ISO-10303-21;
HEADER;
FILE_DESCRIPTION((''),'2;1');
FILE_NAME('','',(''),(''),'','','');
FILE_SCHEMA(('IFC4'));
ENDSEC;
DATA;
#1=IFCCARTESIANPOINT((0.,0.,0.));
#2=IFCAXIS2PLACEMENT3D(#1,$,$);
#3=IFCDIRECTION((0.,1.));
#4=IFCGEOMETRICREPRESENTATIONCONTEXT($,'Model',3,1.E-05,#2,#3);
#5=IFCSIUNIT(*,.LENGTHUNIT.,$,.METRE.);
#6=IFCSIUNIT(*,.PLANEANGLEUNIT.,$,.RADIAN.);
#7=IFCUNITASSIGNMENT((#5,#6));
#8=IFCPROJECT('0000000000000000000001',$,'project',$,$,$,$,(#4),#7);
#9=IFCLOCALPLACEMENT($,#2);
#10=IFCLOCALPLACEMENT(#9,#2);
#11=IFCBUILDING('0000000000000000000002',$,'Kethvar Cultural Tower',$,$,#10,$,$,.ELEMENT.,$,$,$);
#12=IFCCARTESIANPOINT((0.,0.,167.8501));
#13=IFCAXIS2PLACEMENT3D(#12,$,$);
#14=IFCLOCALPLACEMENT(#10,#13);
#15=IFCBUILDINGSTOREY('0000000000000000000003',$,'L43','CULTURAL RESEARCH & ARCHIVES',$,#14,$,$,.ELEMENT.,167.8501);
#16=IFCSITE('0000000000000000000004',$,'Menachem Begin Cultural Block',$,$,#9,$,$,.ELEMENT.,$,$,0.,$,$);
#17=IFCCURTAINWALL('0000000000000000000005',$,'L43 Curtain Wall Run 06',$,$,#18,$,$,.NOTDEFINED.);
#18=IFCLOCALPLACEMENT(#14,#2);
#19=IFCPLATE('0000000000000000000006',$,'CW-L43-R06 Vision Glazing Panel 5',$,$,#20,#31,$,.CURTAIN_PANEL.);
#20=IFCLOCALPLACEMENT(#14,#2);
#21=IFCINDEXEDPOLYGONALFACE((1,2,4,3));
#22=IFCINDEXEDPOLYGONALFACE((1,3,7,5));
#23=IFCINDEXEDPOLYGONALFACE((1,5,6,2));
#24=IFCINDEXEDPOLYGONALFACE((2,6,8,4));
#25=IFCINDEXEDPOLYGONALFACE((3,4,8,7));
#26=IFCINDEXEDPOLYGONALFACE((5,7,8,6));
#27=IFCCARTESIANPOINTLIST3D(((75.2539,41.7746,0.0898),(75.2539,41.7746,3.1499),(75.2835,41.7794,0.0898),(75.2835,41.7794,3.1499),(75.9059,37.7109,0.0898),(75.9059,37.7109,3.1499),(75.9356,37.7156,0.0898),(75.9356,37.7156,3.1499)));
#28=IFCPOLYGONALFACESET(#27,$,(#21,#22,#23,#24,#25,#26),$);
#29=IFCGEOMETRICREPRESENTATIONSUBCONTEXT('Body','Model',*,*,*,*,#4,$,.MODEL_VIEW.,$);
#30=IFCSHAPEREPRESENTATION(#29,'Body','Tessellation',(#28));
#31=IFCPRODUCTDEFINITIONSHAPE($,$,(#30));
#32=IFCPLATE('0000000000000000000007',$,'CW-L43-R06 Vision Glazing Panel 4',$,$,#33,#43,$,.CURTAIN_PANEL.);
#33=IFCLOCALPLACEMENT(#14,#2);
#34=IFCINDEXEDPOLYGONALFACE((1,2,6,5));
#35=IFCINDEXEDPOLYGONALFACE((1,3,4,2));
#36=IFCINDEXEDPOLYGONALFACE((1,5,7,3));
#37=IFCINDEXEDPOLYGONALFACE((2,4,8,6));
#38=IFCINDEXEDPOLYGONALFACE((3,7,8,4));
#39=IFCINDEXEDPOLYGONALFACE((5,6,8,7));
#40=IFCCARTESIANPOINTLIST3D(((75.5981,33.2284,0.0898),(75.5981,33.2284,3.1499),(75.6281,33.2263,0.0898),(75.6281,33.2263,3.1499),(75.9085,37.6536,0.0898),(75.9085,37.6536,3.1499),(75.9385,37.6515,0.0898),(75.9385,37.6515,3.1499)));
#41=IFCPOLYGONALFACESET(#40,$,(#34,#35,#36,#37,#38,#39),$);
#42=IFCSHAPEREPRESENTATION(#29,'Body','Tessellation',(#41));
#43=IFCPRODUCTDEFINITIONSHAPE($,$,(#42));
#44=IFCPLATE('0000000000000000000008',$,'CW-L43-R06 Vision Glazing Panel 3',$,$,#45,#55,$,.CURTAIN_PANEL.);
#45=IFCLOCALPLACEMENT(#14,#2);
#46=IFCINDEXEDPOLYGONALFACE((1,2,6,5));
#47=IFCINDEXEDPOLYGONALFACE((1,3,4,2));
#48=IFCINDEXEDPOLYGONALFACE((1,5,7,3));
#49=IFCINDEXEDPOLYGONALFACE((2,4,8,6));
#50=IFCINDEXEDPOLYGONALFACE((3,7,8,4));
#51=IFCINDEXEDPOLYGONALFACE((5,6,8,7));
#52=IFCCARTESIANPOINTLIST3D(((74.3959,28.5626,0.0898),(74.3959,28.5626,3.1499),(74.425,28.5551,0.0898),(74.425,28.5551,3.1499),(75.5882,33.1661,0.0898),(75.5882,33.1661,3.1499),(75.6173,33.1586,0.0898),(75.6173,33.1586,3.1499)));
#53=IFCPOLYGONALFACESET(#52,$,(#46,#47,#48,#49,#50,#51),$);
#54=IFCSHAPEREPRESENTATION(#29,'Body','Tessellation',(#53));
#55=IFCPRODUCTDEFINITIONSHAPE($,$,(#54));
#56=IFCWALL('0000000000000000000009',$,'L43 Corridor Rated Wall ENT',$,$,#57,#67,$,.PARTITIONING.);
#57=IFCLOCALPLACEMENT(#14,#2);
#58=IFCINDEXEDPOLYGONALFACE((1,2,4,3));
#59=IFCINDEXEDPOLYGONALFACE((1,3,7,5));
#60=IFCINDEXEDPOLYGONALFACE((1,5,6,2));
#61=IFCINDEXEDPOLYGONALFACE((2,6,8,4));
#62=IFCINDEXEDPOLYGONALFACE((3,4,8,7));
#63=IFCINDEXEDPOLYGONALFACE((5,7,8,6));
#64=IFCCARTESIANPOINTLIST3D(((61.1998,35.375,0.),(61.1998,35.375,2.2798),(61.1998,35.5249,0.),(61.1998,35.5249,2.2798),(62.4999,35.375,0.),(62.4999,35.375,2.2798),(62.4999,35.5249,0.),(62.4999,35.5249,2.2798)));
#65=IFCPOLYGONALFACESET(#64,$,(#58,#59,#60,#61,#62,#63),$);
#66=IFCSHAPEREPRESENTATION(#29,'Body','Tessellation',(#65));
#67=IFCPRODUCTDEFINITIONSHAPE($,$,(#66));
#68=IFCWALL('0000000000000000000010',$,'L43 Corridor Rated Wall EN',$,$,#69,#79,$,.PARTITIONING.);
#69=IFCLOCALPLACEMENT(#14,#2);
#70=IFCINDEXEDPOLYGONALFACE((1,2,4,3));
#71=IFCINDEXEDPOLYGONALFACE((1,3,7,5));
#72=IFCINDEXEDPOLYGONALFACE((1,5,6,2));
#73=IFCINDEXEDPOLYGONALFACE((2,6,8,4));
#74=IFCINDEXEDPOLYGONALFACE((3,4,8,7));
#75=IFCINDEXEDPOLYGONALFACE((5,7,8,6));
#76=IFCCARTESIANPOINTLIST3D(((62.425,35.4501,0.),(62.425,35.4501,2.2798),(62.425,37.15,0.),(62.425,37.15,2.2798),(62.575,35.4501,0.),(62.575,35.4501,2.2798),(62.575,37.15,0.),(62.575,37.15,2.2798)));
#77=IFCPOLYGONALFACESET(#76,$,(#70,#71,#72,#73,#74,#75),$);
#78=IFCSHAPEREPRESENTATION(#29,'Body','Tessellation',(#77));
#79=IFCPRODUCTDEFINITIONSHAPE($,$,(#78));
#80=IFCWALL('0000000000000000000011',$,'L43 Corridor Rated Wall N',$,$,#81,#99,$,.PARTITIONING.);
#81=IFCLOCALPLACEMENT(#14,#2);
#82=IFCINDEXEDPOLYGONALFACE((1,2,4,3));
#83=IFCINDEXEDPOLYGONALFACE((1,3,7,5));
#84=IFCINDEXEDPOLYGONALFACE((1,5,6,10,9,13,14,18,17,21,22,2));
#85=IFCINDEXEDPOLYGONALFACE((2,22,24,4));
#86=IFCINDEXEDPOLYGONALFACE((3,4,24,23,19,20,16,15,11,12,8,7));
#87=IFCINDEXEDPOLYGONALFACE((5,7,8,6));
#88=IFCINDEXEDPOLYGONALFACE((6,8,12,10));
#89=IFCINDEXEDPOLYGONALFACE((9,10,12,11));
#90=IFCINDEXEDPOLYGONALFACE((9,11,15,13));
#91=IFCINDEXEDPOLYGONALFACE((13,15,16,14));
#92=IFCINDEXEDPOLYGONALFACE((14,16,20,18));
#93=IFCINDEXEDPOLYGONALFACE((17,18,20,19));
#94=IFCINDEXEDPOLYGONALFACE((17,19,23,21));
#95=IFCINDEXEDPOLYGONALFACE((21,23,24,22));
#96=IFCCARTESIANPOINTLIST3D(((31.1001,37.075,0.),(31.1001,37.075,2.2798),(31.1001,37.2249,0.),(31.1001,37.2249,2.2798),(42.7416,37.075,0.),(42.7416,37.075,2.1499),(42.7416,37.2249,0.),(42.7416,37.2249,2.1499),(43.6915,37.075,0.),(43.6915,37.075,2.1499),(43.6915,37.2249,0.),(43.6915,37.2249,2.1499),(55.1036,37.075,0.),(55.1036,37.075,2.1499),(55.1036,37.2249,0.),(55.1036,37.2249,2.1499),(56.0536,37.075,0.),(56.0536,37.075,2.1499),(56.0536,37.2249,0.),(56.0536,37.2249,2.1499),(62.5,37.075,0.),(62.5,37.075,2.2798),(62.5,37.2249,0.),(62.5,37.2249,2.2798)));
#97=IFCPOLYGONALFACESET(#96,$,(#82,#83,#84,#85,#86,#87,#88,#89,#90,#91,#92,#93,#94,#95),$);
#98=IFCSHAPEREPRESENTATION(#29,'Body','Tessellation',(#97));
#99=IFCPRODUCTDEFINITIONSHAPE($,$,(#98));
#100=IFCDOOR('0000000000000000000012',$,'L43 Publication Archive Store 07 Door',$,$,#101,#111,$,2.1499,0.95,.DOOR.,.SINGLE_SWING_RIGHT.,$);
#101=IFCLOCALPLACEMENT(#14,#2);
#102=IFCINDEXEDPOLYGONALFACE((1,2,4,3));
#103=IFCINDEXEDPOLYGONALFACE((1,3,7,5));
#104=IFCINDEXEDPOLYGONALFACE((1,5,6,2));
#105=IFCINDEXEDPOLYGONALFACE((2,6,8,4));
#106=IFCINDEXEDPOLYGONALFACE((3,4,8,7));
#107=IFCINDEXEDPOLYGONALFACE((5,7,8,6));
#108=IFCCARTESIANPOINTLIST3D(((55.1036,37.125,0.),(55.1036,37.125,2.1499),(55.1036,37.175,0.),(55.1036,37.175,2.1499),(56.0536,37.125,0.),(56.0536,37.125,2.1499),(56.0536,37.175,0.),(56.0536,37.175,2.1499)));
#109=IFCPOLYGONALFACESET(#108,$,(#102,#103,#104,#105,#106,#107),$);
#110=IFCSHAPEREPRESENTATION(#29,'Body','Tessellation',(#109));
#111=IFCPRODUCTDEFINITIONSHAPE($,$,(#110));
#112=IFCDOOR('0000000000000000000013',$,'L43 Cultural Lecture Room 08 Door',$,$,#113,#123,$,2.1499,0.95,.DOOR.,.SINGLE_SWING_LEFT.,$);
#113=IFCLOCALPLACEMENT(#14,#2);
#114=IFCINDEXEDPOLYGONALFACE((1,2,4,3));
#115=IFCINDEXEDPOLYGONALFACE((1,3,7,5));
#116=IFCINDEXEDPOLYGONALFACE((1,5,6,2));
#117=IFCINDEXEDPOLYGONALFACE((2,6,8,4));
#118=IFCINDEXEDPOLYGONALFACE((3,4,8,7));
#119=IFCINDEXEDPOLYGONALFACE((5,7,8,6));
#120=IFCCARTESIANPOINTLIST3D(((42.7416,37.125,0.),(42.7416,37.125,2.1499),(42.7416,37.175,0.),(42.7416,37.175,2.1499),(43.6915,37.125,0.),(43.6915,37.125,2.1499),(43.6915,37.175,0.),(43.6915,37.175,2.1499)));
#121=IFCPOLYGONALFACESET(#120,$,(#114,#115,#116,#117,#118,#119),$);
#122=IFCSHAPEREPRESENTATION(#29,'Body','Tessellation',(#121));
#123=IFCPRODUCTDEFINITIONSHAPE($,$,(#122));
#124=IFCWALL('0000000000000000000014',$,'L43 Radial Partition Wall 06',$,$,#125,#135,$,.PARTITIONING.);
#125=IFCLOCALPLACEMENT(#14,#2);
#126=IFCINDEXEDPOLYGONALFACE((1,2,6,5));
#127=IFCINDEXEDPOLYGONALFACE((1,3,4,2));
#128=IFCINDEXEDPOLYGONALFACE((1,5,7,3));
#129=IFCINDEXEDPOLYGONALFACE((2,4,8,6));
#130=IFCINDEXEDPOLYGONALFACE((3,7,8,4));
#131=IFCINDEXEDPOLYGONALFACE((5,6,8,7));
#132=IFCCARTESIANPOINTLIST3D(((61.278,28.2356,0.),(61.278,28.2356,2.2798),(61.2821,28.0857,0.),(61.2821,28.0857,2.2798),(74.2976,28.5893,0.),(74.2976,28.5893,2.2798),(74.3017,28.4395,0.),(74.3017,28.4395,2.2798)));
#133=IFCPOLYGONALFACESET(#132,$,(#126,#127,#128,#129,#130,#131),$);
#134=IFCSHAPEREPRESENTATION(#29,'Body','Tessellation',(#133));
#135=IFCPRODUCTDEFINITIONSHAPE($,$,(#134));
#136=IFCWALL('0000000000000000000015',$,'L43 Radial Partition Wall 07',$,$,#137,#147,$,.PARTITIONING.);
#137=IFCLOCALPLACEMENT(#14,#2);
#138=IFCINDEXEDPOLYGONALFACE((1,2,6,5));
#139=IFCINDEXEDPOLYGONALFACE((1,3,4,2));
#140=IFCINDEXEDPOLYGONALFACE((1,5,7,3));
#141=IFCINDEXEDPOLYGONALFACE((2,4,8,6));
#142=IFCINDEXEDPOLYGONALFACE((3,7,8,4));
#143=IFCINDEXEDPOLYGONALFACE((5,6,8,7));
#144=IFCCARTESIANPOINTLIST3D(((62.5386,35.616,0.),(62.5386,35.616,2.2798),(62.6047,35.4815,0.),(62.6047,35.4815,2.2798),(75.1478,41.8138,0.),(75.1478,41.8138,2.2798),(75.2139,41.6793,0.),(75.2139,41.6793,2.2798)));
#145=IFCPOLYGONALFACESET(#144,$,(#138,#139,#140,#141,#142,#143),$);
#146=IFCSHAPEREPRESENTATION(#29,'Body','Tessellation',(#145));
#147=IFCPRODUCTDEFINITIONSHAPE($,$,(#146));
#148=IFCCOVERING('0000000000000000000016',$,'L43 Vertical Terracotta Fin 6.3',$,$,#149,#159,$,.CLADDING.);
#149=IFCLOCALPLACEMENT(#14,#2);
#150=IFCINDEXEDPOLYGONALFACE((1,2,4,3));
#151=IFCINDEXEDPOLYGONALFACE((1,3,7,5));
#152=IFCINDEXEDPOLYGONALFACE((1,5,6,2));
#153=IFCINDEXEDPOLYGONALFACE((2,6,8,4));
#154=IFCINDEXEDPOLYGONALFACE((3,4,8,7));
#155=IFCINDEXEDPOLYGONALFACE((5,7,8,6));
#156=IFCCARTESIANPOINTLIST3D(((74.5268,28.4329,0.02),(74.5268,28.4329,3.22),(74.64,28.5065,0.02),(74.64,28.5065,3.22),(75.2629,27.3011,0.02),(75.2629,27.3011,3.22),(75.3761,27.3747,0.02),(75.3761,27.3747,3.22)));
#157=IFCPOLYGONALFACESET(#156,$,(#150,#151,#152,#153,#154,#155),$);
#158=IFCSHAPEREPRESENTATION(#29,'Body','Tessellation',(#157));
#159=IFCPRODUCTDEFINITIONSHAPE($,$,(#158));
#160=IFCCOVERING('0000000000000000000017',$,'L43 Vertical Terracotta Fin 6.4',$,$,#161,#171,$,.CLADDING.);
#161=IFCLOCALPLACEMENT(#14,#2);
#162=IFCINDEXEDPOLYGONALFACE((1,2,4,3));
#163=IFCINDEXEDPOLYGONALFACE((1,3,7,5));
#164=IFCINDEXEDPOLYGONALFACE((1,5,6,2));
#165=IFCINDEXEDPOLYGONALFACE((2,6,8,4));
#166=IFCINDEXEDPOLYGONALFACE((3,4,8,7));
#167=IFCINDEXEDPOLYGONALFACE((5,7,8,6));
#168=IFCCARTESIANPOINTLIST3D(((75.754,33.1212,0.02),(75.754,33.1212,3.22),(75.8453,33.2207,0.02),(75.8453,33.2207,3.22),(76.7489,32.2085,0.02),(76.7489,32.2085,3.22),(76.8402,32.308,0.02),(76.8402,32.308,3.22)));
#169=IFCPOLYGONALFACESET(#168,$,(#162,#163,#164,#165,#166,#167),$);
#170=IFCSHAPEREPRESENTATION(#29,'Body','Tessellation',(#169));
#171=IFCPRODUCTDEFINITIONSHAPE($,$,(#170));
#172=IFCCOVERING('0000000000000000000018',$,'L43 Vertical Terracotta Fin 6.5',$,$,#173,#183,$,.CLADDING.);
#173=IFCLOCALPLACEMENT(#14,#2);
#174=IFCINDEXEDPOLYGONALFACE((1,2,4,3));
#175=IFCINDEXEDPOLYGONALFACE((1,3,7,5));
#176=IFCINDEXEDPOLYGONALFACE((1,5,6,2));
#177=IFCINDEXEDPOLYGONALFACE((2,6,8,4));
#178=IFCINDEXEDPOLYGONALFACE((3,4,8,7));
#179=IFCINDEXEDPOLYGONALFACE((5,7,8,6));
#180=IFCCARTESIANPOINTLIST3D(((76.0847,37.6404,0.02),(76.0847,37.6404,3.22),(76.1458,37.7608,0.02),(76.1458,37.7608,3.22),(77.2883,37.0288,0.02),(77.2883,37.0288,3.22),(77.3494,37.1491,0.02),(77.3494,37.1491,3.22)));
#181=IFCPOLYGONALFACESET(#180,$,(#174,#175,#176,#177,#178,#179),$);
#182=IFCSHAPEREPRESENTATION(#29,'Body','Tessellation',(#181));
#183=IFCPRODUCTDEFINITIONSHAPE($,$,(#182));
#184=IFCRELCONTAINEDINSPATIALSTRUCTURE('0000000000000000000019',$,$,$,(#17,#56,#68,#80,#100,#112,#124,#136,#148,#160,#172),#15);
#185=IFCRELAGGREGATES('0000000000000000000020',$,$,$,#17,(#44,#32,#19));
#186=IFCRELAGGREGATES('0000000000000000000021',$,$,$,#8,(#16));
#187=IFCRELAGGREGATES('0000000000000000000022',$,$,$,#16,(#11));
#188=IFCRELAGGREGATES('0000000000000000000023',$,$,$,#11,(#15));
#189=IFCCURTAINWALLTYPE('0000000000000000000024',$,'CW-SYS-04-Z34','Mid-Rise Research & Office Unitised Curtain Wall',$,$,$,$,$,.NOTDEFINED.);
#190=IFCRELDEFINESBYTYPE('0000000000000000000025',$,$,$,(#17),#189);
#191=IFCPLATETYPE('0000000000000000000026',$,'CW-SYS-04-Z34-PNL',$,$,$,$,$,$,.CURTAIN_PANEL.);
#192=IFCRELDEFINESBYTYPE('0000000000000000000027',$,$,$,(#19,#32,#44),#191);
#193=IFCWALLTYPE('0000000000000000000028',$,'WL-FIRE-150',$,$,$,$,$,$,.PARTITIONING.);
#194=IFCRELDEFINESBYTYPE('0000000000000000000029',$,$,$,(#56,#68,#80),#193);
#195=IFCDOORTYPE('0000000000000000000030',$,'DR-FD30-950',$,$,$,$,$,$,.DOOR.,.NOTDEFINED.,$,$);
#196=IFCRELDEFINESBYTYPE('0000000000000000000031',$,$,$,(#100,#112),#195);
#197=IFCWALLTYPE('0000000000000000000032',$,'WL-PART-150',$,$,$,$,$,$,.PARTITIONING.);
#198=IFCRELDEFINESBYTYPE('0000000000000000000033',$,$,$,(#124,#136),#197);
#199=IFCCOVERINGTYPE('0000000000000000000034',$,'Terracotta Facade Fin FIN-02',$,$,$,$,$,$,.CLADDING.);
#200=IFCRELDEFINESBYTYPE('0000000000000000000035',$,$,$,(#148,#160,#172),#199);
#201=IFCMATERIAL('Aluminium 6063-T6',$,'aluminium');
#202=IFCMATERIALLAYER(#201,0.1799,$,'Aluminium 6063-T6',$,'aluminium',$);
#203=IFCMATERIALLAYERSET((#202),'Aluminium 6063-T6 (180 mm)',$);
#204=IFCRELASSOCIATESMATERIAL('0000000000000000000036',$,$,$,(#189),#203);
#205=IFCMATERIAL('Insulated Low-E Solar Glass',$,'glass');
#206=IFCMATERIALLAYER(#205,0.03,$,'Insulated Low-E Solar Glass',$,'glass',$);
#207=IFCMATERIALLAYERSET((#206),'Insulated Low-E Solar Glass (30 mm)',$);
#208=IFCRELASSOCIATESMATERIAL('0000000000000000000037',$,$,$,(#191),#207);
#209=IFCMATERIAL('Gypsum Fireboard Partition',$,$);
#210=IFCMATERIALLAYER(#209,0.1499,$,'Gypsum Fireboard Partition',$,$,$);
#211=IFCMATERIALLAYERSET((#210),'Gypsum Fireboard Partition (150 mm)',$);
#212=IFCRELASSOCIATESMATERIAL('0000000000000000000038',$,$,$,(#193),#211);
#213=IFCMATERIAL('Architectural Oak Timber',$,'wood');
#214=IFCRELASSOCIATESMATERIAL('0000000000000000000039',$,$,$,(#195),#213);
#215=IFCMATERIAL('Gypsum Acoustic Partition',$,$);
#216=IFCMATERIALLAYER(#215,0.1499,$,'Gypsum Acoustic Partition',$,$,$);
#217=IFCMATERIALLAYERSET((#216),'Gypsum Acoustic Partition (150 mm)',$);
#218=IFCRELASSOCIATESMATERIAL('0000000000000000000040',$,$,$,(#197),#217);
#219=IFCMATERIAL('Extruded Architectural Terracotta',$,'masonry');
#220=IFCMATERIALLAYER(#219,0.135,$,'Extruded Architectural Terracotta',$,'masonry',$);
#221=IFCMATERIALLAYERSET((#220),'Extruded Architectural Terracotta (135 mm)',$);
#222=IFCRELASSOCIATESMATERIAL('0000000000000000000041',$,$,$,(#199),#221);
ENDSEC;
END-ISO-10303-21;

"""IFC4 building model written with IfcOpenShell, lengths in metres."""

from ifc_helpers import new_model, si_unit, direction, frame, frame_2d, origin, origin_2d, place, context, subcontext, project, spatial, rectangle, extrude, source, transform, mapped, material, layer, layer_set, type_object, element, fill, aggregate, save


model = new_model("IFC4")

# Units and contexts
model_context = context("Model", 3, precision=1e-05, world=origin(), true_north=direction((0.0, 1.0)))
body_context = subcontext(model_context, "Body", "Model", "MODEL_VIEW")
ifc_project = project(units=[si_unit("LENGTHUNIT", "METRE"), si_unit("PLANEANGLEUNIT", "RADIAN")], contexts=[model_context])

# Site, building, storey
site_placement = place(None, origin())
site = spatial("IfcSite", under=ifc_project, at=site_placement, Name="Menachem Begin Cultural Block", CompositionType="ELEMENT", RefElevation=0.0)
building_placement = place(site_placement, origin())
building = spatial("IfcBuilding", under=site, at=building_placement, Name="Kethvar Cultural Tower", CompositionType="ELEMENT")
storey_placement = place(building_placement, frame((0.0, 0.0, 167.8501)))
storey = spatial("IfcBuildingStorey", under=building, at=storey_placement, Name="L43", Description="CULTURAL RESEARCH & ARCHIVES", CompositionType="ELEMENT", Elevation=167.8501)

# Curtain wall, plates
ifc_material_1 = material(Name="Aluminium 6063-T6", Category="aluminium")
ifc_layer_1 = layer(ifc_material_1, 0.1799, Name="Aluminium 6063-T6", Category="aluminium")
ifc_layer_set_1 = layer_set([ifc_layer_1], Name="Aluminium 6063-T6 (180 mm)")
curtain_wall_type = type_object("IfcCurtainWallType", Name="CW-SYS-04-Z34", Description="Mid-Rise Research & Office Unitised Curtain Wall", PredefinedType="NOTDEFINED", material=ifc_layer_set_1)
curtain_wall_placement = place(storey_placement, origin())
curtain_wall = element("IfcCurtainWall", 1, at=curtain_wall_placement, inside=storey, type_object=curtain_wall_type, Name="L43 Curtain Wall Run 06", PredefinedType="NOTDEFINED")
ifc_material_2 = material(Name="Insulated Low-E Solar Glass", Category="glass")
ifc_layer_2 = layer(ifc_material_2, 0.03, Name="Insulated Low-E Solar Glass", Category="glass")
ifc_layer_set_2 = layer_set([ifc_layer_2], Name="Insulated Low-E Solar Glass (30 mm)")
plate_type = type_object("IfcPlateType", Name="CW-SYS-04-Z34-PNL", PredefinedType="CURTAIN_PANEL", material=ifc_layer_set_2)
shared_shape_1 = source(origin(), body_context, "Body", "SweptSolid", [
    extrude(rectangle(XDim=4.1157, YDim=0.03, at=origin_2d()), origin(), (0.0, 0.0, 1.0), 3.0601),
])
plate_1_placement = place(storey_placement, frame((75.5947, 39.7451, 0.0898), z_axis=(0.0, 0.0, 1.0), x_axis=(-0.158434, 0.98737, 0.0)))
plate_1 = element("IfcPlate", 2, at=plate_1_placement, type_object=plate_type, Name="CW-L43-R06 Vision Glazing Panel 5", PredefinedType="CURTAIN_PANEL", context=body_context, shape_type="MappedRepresentation", body=[
    mapped(shared_shape_1, transform((0.0, 0.0, 0.0), scale=1.0)),
])
shared_shape_2 = source(origin(), body_context, "Body", "SweptSolid", [
    extrude(rectangle(XDim=4.436, YDim=0.03, at=origin_2d()), origin(), (0.0, 0.0, 1.0), 3.0601),
])
plate_2_placement = place(storey_placement, frame((75.7683, 35.4399, 0.0898), z_axis=(0.0, 0.0, 1.0), x_axis=(0.069965, 0.997549, 0.0)))
plate_2 = element("IfcPlate", 3, at=plate_2_placement, type_object=plate_type, Name="CW-L43-R06 Vision Glazing Panel 4", PredefinedType="CURTAIN_PANEL", context=body_context, shape_type="MappedRepresentation", body=[
    mapped(shared_shape_2, transform((0.0, 0.0, 0.0), scale=1.0)),
])
shared_shape_3 = source(origin(), body_context, "Body", "SweptSolid", [
    extrude(rectangle(XDim=4.7554, YDim=0.03, at=origin_2d()), origin(), (0.0, 0.0, 1.0), 3.0601),
])
plate_3_placement = place(storey_placement, frame((75.0066, 30.8606, 0.0898), z_axis=(0.0, 0.0, 1.0), x_axis=(0.250718, 0.96806, 0.0)))
plate_3 = element("IfcPlate", 4, at=plate_3_placement, type_object=plate_type, Name="CW-L43-R06 Vision Glazing Panel 3", PredefinedType="CURTAIN_PANEL", context=body_context, shape_type="MappedRepresentation", body=[
    mapped(shared_shape_3, transform((0.0, 0.0, 0.0), scale=1.0)),
])
aggregate(curtain_wall, [plate_3, plate_2, plate_1])

# Walls
ifc_material_3 = material(Name="Gypsum Fireboard Partition")
ifc_layer_3 = layer(ifc_material_3, 0.1499, Name="Gypsum Fireboard Partition")
ifc_layer_set_3 = layer_set([ifc_layer_3], Name="Gypsum Fireboard Partition (150 mm)")
wall_type_1 = type_object("IfcWallType", Name="WL-FIRE-150", PredefinedType="PARTITIONING", material=ifc_layer_set_3)
wall_1_placement = place(storey_placement, frame((61.2, 35.45, 0.0), z_axis=(0.0, 0.0, 1.0), x_axis=(1.0, 0.0, 0.0)))
element("IfcWall", 5, at=wall_1_placement, inside=storey, type_object=wall_type_1, Name="L43 Corridor Rated Wall ENT", PredefinedType="PARTITIONING", context=body_context, shape_type="SweptSolid", body=[
    extrude(rectangle(XDim=1.3, YDim=0.1499, at=frame_2d((0.6499, 0.0))), origin(), (0.0, 0.0, 1.0), 2.2798),
])
wall_2_placement = place(storey_placement, frame((62.5, 35.45, 0.0), z_axis=(0.0, 0.0, 1.0), x_axis=(0.0, 1.0, 0.0)))
element("IfcWall", 6, at=wall_2_placement, inside=storey, type_object=wall_type_1, Name="L43 Corridor Rated Wall EN", PredefinedType="PARTITIONING", context=body_context, shape_type="SweptSolid", body=[
    extrude(rectangle(XDim=1.7, YDim=0.1499, at=frame_2d((0.8501, 0.0))), origin(), (0.0, 0.0, 1.0), 2.2798),
])

# Wall, openings, doors
wall_3_placement = place(storey_placement, frame((62.5, 37.1499, 0.0), z_axis=(0.0, 0.0, 1.0), x_axis=(-1.0, 0.0, 0.0)))
wall_3 = element("IfcWall", 7, at=wall_3_placement, inside=storey, type_object=wall_type_1, Name="L43 Corridor Rated Wall N", PredefinedType="PARTITIONING", context=body_context, shape_type="SweptSolid", body=[
    extrude(rectangle(XDim=31.3999, YDim=0.1499, at=frame_2d((15.7, 0.0))), origin(), (0.0, 0.0, 1.0), 2.2798),
])
opening_1_placement = place(wall_3_placement, frame((6.4463, 0.0, 0.0)))
opening_1 = element("IfcOpeningElement", 8, at=opening_1_placement, cuts=wall_3, PredefinedType="OPENING", context=body_context, shape_type="SweptSolid", body=[
    extrude(rectangle(XDim=0.95, YDim=2.1499, at=frame_2d((0.4751, 1.075))), frame((0.0, 0.085, 0.0), z_axis=(0.0, -1.0, 0.0), x_axis=(1.0, 0.0, 0.0)), (0.0, 0.0, 1.0), 0.1699),
])
opening_2_placement = place(wall_3_placement, frame((18.8083, 0.0, 0.0)))
opening_2 = element("IfcOpeningElement", 9, at=opening_2_placement, cuts=wall_3, PredefinedType="OPENING", context=body_context, shape_type="SweptSolid", body=[
    extrude(rectangle(XDim=0.95, YDim=2.1499, at=frame_2d((0.4751, 1.075))), frame((0.0, 0.085, 0.0), z_axis=(0.0, -1.0, 0.0), x_axis=(1.0, 0.0, 0.0)), (0.0, 0.0, 1.0), 0.1699),
])
ifc_material_4 = material(Name="Architectural Oak Timber", Category="wood")
door_type = type_object("IfcDoorType", Name="DR-FD30-950", OperationType="NOTDEFINED", PredefinedType="DOOR", material=ifc_material_4)
shared_shape_4 = source(origin(), body_context, "Body", "SweptSolid", [
    extrude(rectangle(XDim=0.95, YDim=2.1499, at=frame_2d((0.4751, 1.075))), frame((0.0, 0.0249, 0.0), z_axis=(0.0, -1.0, 0.0), x_axis=(1.0, 0.0, 0.0)), (0.0, 0.0, 1.0), 0.05),
])
door_1_placement = place(opening_1_placement, origin())
door_1 = element("IfcDoor", 10, at=door_1_placement, inside=storey, type_object=door_type, Name="L43 Publication Archive Store 07 Door", OperationType="SINGLE_SWING_RIGHT", OverallHeight=2.1499, OverallWidth=0.95, PredefinedType="DOOR", context=body_context, shape_type="MappedRepresentation", body=[
    mapped(shared_shape_4, transform((0.0, 0.0, 0.0), scale=1.0)),
])
fill(opening_1, door_1)
door_2_placement = place(opening_2_placement, origin())
door_2 = element("IfcDoor", 11, at=door_2_placement, inside=storey, type_object=door_type, Name="L43 Cultural Lecture Room 08 Door", OperationType="SINGLE_SWING_LEFT", OverallHeight=2.1499, OverallWidth=0.95, PredefinedType="DOOR", context=body_context, shape_type="MappedRepresentation", body=[
    mapped(shared_shape_4, transform((0.0, 0.0, 0.0), scale=1.0)),
])
fill(opening_2, door_2)

# Walls
ifc_material_5 = material(Name="Gypsum Acoustic Partition")
ifc_layer_4 = layer(ifc_material_5, 0.1499, Name="Gypsum Acoustic Partition")
ifc_layer_set_4 = layer_set([ifc_layer_4], Name="Gypsum Acoustic Partition (150 mm)")
wall_type_2 = type_object("IfcWallType", Name="WL-PART-150", PredefinedType="PARTITIONING", material=ifc_layer_set_4)
wall_4_placement = place(storey_placement, frame((61.28, 28.1606, 0.0), z_axis=(0.0, 0.0, 1.0), x_axis=(0.999631, 0.027161, 0.0)))
element("IfcWall", 12, at=wall_4_placement, inside=storey, type_object=wall_type_2, Name="L43 Radial Partition Wall 06", PredefinedType="PARTITIONING", context=body_context, shape_type="SweptSolid", body=[
    extrude(rectangle(XDim=13.0244, YDim=0.1499, at=frame_2d((6.5122, 0.0))), origin(), (0.0, 0.0, 1.0), 2.2798),
])
wall_5_placement = place(storey_placement, frame((62.5718, 35.5488, 0.0), z_axis=(0.0, 0.0, 1.0), x_axis=(0.897447, 0.441121, 0.0)))
element("IfcWall", 13, at=wall_5_placement, inside=storey, type_object=wall_type_2, Name="L43 Radial Partition Wall 07", PredefinedType="PARTITIONING", context=body_context, shape_type="SweptSolid", body=[
    extrude(rectangle(XDim=14.05, YDim=0.1499, at=frame_2d((7.0249, 0.0))), origin(), (0.0, 0.0, 1.0), 2.2798),
])

# Coverings
ifc_material_6 = material(Name="Extruded Architectural Terracotta", Category="masonry")
ifc_layer_5 = layer(ifc_material_6, 0.135, Name="Extruded Architectural Terracotta", Category="masonry")
ifc_layer_set_5 = layer_set([ifc_layer_5], Name="Extruded Architectural Terracotta (135 mm)")
covering_type = type_object("IfcCoveringType", Name="Terracotta Facade Fin FIN-02", PredefinedType="CLADDING", material=ifc_layer_set_5)
shared_shape_5 = source(origin(), body_context, "Body", "SweptSolid", [
    extrude(rectangle(XDim=1.3501, YDim=0.135, at=origin_2d()), origin(), (0.0, 0.0, 1.0), 3.2),
])
for number, where, z_axis, x_axis, name in (
    (14, (74.9514, 27.9038, 0.02), (0.0, 0.0, 1.0), (0.545224, -0.83829, 0.0), "L43 Vertical Terracotta Fin 6.3"),
    (15, (76.2971, 32.7146, 0.02), (0.0, 0.0, 1.0), (0.736923, -0.675976, 0.0), "L43 Vertical Terracotta Fin 6.4"),
    (16, (76.717, 37.3948, 0.02), (0.0, 0.0, 1.0), (0.891481, -0.453057, 0.0), "L43 Vertical Terracotta Fin 6.5"),
):
    element("IfcCovering", number, at=place(storey_placement, frame(where, z_axis=z_axis, x_axis=x_axis)), inside=storey, type_object=covering_type, Name=name, PredefinedType="CLADDING", context=body_context, shape_type="MappedRepresentation", body=[
        mapped(shared_shape_5, transform((0.0, 0.0, 0.0), scale=1.0)),
    ])

save(model, "model.ifc")
